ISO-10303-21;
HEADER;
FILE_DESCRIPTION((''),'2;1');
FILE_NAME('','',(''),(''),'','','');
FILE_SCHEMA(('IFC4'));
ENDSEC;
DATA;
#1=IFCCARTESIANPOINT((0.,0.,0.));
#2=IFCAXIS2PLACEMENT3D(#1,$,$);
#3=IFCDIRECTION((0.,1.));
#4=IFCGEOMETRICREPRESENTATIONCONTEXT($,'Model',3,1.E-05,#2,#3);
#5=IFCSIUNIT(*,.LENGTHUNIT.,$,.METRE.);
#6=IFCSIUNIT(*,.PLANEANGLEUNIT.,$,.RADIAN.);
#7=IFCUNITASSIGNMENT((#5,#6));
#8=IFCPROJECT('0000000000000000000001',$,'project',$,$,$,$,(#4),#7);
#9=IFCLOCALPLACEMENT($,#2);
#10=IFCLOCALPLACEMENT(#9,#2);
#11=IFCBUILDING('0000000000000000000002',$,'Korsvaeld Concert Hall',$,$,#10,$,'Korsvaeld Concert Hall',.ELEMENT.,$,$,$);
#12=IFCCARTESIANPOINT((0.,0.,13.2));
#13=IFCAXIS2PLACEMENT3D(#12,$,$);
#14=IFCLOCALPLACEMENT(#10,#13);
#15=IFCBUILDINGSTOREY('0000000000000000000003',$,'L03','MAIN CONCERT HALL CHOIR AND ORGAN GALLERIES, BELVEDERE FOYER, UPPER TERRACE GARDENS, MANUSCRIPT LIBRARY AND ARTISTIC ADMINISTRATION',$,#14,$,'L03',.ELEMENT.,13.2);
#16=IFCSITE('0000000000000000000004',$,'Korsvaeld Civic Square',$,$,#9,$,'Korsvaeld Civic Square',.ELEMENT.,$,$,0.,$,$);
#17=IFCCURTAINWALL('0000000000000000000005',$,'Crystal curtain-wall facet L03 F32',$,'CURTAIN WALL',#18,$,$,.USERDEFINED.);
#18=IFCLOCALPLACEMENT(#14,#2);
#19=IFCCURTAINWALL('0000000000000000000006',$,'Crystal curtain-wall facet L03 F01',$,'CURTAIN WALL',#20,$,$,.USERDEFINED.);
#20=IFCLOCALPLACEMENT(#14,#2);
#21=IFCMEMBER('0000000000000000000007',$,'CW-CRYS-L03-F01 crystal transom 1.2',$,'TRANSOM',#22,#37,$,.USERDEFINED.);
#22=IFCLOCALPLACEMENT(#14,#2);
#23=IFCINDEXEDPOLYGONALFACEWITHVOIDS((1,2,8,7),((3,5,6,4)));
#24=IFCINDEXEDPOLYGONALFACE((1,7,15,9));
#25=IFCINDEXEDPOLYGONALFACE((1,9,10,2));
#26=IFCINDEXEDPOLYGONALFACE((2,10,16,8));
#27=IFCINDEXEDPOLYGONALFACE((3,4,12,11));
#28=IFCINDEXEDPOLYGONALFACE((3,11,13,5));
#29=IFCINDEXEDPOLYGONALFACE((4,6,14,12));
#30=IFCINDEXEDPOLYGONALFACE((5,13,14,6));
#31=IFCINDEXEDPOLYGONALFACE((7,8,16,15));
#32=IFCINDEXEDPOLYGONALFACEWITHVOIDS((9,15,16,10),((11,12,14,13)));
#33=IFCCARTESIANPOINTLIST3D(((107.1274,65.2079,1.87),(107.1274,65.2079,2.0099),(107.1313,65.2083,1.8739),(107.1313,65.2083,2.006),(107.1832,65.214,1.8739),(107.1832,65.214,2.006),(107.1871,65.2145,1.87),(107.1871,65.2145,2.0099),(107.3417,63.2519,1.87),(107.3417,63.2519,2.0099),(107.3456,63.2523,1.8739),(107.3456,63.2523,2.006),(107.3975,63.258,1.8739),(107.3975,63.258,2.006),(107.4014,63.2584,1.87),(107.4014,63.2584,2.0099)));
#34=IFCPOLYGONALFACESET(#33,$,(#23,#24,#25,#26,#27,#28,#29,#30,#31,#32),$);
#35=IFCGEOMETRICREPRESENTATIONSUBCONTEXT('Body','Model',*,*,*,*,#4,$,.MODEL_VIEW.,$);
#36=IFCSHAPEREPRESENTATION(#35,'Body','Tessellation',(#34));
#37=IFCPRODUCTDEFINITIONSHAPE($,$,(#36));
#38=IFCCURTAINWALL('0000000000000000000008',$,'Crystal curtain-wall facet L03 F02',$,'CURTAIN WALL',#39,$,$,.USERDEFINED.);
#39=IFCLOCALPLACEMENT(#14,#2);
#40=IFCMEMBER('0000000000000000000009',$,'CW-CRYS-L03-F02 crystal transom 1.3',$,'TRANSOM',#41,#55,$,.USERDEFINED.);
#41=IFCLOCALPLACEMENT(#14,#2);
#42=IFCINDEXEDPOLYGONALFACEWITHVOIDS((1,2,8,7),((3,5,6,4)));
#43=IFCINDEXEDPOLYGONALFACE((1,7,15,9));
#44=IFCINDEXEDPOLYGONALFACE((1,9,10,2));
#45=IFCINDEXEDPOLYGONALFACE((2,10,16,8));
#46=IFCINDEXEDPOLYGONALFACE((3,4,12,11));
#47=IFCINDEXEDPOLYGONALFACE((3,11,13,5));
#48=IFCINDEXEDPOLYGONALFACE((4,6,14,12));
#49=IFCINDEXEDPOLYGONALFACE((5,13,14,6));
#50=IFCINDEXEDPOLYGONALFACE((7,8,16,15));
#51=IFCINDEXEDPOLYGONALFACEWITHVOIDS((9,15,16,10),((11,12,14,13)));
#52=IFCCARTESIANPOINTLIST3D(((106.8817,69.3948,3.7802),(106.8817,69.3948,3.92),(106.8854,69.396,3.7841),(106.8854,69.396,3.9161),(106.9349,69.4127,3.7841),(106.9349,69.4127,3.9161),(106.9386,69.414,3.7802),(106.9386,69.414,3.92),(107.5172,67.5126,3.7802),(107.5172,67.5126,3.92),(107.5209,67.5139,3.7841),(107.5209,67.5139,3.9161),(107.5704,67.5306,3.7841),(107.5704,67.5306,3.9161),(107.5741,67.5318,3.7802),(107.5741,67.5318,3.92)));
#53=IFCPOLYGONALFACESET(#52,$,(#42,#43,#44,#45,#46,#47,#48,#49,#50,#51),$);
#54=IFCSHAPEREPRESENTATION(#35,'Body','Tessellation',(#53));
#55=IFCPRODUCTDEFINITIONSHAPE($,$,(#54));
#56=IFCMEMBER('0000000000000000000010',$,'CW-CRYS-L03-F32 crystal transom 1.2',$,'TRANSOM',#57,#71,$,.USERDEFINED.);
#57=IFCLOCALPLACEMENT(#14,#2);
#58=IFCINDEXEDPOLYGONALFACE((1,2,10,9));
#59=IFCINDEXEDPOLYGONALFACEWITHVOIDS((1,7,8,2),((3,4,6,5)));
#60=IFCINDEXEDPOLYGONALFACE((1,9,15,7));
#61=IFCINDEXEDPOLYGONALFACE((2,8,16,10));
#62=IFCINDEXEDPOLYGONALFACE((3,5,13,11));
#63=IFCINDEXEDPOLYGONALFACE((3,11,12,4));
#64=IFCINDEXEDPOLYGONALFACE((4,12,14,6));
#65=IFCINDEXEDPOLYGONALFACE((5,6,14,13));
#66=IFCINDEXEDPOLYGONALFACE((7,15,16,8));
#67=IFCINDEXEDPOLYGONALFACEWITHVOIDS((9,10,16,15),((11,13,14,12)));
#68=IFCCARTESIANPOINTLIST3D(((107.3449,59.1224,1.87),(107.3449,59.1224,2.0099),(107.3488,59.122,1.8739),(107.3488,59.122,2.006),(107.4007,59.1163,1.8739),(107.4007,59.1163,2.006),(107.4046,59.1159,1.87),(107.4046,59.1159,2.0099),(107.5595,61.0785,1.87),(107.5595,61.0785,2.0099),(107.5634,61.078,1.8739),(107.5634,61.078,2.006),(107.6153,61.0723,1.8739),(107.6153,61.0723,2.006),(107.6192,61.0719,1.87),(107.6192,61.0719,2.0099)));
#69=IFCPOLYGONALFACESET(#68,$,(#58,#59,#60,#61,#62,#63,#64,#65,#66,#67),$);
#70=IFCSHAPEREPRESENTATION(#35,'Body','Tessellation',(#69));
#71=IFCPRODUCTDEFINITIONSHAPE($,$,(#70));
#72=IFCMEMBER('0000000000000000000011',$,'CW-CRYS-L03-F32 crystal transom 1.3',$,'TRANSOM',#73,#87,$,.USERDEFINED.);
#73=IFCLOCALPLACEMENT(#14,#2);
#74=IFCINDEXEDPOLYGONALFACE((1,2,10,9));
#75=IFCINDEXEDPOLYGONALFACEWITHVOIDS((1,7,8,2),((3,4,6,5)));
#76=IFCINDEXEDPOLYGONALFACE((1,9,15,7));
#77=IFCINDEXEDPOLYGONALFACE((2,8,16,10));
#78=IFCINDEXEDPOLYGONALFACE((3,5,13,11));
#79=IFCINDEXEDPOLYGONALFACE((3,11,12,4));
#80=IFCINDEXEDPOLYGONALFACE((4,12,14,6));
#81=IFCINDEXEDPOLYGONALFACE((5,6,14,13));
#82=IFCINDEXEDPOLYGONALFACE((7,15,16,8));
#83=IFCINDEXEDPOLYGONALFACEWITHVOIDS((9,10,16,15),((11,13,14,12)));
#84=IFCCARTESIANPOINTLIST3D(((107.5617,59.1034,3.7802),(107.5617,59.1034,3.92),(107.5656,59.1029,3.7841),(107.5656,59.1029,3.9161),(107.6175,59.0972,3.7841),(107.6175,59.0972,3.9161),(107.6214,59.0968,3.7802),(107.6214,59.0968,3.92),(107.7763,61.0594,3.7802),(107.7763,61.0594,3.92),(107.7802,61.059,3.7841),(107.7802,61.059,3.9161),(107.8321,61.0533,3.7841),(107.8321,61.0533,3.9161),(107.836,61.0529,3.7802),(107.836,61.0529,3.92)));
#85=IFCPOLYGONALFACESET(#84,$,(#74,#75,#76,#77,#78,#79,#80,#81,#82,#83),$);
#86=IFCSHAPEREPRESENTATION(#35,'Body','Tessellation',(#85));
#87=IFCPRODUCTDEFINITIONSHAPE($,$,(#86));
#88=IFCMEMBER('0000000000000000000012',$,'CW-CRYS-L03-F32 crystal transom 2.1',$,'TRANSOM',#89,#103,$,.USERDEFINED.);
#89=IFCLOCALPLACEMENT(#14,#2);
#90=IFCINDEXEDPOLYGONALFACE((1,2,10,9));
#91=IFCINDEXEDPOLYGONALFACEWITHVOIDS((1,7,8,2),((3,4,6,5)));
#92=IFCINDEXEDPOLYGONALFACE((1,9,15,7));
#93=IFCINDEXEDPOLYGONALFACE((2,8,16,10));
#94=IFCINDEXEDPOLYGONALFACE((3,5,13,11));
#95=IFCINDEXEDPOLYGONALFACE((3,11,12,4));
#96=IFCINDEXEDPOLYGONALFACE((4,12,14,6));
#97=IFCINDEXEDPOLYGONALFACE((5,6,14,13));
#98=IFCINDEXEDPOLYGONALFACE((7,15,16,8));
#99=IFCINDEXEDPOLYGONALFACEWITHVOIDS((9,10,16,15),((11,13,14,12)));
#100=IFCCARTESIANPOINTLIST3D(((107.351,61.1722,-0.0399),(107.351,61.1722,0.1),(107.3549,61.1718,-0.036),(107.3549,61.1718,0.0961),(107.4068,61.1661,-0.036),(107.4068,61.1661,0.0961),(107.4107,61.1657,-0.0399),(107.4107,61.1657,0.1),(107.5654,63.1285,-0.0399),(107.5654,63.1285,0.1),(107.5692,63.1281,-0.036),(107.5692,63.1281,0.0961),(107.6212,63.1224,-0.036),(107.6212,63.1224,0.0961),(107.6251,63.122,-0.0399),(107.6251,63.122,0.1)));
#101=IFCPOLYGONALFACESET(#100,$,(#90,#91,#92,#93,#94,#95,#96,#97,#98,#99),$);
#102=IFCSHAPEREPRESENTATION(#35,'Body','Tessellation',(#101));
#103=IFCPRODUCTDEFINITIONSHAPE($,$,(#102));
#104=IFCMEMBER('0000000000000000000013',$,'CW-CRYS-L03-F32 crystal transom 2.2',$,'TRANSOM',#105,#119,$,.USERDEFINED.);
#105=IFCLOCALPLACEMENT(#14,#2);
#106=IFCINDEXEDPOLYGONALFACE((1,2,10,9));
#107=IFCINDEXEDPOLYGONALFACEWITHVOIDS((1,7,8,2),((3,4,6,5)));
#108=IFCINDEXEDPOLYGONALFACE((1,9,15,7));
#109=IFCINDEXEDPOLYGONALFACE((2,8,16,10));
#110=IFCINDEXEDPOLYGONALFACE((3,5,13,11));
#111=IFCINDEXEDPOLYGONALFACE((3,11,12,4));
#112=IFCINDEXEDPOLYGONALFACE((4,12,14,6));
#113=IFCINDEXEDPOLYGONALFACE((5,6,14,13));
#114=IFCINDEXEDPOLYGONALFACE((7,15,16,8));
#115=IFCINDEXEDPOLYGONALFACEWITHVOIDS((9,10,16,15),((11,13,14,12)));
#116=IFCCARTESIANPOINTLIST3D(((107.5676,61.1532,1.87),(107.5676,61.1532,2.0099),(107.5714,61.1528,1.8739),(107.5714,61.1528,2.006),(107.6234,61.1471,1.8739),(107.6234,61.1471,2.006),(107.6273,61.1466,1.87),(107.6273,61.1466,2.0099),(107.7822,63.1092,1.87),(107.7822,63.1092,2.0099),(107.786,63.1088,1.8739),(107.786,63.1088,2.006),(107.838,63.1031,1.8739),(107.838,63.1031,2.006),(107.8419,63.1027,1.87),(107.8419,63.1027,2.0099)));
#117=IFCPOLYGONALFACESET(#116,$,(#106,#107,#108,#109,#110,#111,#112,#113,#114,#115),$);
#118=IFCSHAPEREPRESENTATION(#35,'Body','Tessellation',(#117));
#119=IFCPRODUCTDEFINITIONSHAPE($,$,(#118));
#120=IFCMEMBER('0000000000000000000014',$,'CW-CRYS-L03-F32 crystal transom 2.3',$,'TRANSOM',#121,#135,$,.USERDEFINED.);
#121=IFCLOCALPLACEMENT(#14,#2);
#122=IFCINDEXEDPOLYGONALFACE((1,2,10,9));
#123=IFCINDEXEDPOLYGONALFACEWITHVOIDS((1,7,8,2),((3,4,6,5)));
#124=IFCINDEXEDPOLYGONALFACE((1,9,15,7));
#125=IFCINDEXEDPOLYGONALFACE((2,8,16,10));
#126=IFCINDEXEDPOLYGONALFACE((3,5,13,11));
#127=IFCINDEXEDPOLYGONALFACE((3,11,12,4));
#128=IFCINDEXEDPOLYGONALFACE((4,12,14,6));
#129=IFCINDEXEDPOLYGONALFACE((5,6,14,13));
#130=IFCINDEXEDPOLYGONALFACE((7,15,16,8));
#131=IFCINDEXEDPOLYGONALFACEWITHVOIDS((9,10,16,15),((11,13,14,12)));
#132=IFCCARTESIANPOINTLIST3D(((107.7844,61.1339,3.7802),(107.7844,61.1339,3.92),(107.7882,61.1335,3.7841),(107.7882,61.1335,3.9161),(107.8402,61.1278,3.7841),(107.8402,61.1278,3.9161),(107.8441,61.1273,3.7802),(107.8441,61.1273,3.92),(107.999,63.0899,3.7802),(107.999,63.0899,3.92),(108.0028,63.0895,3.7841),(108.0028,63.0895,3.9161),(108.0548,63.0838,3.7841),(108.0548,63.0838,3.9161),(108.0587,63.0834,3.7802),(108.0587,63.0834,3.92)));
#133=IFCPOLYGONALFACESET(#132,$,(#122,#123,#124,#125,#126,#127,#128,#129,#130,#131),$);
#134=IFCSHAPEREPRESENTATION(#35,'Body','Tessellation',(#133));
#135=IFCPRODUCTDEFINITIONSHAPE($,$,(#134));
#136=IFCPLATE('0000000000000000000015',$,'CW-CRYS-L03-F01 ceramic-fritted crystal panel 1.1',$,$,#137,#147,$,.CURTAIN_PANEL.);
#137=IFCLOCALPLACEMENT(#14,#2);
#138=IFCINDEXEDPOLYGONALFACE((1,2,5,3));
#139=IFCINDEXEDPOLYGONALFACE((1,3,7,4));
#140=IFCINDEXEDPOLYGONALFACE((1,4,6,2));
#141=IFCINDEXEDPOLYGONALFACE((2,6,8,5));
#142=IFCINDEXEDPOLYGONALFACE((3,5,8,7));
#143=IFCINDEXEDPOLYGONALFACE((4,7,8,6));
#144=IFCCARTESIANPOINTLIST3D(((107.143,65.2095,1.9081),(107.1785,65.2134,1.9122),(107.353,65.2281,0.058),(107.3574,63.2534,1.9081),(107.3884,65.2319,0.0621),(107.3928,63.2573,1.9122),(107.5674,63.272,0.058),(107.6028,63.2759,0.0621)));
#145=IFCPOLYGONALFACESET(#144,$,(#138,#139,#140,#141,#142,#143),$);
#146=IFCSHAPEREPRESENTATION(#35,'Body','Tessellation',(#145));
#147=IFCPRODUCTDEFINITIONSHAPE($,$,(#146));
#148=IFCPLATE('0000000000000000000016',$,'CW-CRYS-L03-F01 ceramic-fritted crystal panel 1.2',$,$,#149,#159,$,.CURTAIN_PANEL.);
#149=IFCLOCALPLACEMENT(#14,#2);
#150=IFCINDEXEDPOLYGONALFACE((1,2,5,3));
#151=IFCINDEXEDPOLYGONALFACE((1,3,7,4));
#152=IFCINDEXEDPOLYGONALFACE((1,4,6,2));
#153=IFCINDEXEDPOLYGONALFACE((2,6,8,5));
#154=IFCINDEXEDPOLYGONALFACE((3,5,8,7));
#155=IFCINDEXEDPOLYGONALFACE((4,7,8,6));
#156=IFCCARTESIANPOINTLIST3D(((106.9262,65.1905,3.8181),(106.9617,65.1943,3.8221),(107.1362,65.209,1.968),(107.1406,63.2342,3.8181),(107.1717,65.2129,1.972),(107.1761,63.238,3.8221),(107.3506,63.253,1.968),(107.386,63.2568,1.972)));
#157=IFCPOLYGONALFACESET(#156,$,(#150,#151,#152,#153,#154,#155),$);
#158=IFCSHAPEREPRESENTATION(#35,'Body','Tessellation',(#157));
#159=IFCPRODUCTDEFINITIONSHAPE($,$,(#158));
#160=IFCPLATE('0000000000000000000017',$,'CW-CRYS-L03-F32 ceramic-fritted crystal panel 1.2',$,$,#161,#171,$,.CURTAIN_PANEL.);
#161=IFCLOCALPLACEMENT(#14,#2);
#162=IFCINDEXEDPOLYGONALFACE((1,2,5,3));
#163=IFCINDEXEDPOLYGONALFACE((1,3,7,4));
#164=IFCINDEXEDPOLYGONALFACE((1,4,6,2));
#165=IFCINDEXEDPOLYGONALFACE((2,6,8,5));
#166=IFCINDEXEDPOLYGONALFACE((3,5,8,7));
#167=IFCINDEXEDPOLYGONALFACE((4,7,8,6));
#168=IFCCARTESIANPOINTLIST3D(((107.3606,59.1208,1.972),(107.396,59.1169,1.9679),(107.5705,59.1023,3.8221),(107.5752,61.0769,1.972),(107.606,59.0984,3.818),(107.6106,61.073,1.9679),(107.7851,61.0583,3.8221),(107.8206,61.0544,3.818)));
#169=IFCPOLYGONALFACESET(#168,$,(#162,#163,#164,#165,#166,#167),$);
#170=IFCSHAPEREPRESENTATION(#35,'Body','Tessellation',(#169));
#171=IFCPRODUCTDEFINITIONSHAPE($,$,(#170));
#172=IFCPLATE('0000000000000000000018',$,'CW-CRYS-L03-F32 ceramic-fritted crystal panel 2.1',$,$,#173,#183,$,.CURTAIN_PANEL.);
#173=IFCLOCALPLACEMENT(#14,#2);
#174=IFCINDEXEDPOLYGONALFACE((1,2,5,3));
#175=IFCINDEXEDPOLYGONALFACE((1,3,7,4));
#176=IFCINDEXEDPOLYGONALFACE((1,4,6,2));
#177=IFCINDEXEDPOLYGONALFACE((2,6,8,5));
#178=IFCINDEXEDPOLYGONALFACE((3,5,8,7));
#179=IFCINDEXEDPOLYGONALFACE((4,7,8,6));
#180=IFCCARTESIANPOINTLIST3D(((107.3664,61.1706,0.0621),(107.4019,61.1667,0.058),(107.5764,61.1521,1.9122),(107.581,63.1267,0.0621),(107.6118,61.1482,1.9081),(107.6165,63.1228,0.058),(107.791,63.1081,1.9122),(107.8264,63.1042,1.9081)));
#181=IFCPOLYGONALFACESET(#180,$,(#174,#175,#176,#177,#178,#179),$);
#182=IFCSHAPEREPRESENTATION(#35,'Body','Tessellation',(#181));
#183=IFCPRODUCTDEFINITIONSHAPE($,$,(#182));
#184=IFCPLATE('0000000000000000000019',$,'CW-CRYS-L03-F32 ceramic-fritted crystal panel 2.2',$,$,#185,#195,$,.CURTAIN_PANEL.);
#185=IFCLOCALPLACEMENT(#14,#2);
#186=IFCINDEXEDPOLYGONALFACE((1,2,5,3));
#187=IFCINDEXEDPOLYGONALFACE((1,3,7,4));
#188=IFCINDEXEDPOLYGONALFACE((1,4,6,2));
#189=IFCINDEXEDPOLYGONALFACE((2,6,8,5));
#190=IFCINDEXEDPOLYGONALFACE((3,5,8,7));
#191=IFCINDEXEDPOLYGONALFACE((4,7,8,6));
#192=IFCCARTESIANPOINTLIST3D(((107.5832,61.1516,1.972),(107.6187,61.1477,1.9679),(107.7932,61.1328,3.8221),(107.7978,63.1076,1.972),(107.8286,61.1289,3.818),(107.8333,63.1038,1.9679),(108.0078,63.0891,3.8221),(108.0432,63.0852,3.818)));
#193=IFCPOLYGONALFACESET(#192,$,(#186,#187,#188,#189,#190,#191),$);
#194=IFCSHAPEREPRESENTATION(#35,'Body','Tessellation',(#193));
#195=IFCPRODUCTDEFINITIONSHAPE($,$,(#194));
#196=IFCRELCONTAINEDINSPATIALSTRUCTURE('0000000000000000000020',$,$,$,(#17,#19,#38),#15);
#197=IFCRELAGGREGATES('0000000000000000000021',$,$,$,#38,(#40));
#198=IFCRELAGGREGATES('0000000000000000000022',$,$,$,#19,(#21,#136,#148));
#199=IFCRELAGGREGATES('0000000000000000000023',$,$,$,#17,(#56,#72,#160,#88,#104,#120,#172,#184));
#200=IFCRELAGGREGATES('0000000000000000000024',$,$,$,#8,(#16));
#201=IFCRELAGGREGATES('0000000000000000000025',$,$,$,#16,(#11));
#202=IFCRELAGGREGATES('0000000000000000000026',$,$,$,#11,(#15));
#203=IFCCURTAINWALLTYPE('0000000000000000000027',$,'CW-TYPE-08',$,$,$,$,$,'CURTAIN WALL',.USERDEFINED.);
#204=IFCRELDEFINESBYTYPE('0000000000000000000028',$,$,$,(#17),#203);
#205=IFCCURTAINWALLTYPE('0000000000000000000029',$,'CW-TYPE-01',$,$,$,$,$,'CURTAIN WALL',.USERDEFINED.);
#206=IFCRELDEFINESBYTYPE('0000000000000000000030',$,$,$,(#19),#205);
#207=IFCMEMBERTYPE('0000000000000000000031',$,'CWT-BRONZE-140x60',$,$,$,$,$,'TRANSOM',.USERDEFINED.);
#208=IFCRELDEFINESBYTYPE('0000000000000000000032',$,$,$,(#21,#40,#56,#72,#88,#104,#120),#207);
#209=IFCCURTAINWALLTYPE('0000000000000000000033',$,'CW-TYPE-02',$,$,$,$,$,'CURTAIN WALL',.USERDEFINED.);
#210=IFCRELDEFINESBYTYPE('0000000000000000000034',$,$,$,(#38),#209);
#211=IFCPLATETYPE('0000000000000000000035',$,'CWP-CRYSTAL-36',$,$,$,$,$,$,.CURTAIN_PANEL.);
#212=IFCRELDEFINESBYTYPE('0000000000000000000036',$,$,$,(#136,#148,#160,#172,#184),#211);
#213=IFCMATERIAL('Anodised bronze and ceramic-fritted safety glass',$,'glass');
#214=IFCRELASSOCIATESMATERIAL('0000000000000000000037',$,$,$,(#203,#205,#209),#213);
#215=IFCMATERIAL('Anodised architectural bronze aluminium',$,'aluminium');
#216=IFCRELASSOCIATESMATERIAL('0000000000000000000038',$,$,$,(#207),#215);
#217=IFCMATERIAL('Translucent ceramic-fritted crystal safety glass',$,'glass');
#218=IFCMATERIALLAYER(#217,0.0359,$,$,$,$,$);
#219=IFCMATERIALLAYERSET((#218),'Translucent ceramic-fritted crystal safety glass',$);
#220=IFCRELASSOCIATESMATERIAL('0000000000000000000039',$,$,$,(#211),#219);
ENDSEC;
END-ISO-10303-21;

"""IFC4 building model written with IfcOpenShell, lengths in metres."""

from ifc_helpers import new_model, si_unit, direction, frame, origin, origin_2d, place, context, subcontext, project, spatial, polyline, hollow_rectangle, outline, extrude, material, layer, layer_set, material_profile, profile_set, type_object, element, aggregate, save


model = new_model("IFC4")

# Units and contexts
model_context = context("Model", 3, precision=1e-05, world=origin(), true_north=direction((0.0, 1.0)))
body_context = subcontext(model_context, "Body", "Model", "MODEL_VIEW")
ifc_project = project(units=[si_unit("LENGTHUNIT", "METRE"), si_unit("PLANEANGLEUNIT", "RADIAN")], contexts=[model_context])

# Site, building, storey
site_placement = place(None, origin())
site = spatial("IfcSite", under=ifc_project, at=site_placement, Name="Korsvaeld Civic Square", LongName="Korsvaeld Civic Square", CompositionType="ELEMENT", RefElevation=0.0)
building_placement = place(site_placement, origin())
building = spatial("IfcBuilding", under=site, at=building_placement, Name="Korsvaeld Concert Hall", LongName="Korsvaeld Concert Hall", CompositionType="ELEMENT")
storey_placement = place(building_placement, frame((0.0, 0.0, 13.2)))
storey = spatial("IfcBuildingStorey", under=building, at=storey_placement, Name="L03", Description="MAIN CONCERT HALL CHOIR AND ORGAN GALLERIES, BELVEDERE FOYER, UPPER TERRACE GARDENS, MANUSCRIPT LIBRARY AND ARTISTIC ADMINISTRATION", LongName="L03", CompositionType="ELEMENT", Elevation=13.2)

# Curtain walls, member
ifc_material_1 = material(Name="Anodised bronze and ceramic-fritted safety glass", Category="glass")
curtain_wall_type_1 = type_object("IfcCurtainWallType", Name="CW-TYPE-08", ElementType="CURTAIN WALL", PredefinedType="USERDEFINED", material=ifc_material_1)
curtain_wall_1_placement = place(storey_placement, origin())
curtain_wall_1 = element("IfcCurtainWall", 1, at=curtain_wall_1_placement, inside=storey, type_object=curtain_wall_type_1, Name="Crystal curtain-wall facet L03 F32", ObjectType="CURTAIN WALL", PredefinedType="USERDEFINED")
ifc_material_2 = material(Name="Anodised architectural bronze aluminium", Category="aluminium")
curtain_wall_type_2 = type_object("IfcCurtainWallType", Name="CW-TYPE-01", ElementType="CURTAIN WALL", PredefinedType="USERDEFINED", material=ifc_material_1)
curtain_wall_2_placement = place(storey_placement, origin())
curtain_wall_2 = element("IfcCurtainWall", 2, at=curtain_wall_2_placement, inside=storey, type_object=curtain_wall_type_2, Name="Crystal curtain-wall facet L03 F01", ObjectType="CURTAIN WALL", PredefinedType="USERDEFINED")
ifc_material_profile_1 = material_profile(ifc_material_2, hollow_rectangle(XDim=0.0601, YDim=0.1399, WallThickness=0.0039, at=origin_2d()), Name="CWT 140x60x4")
ifc_profile_set_1 = profile_set([ifc_material_profile_1], Name="Anodised architectural bronze aluminium")
member_type_1 = type_object("IfcMemberType", Name="CWT-BRONZE-140x60", ElementType="TRANSOM", PredefinedType="USERDEFINED", material=ifc_profile_set_1)
member_1_placement = place(storey_placement, frame((107.3716, 63.2551, 1.9399), z_axis=(-0.108933, 0.994049, 0.0), x_axis=(-0.994049, -0.108933, 0.0)))
member_1 = element("IfcMember", 3, at=member_1_placement, type_object=member_type_1, Name="CW-CRYS-L03-F01 crystal transom 1.2", ObjectType="TRANSOM", PredefinedType="USERDEFINED", context=body_context, shape_type="SweptSolid", body=[
    extrude(hollow_rectangle(XDim=0.0601, YDim=0.1399, WallThickness=0.0039, at=origin_2d()), origin(), (0.0, 0.0, 1.0), 1.9678),
])

# Curtain wall, member
curtain_wall_type_3 = type_object("IfcCurtainWallType", Name="CW-TYPE-02", ElementType="CURTAIN WALL", PredefinedType="USERDEFINED", material=ifc_material_1)
curtain_wall_3_placement = place(storey_placement, origin())
curtain_wall_3 = element("IfcCurtainWall", 4, at=curtain_wall_3_placement, inside=storey, type_object=curtain_wall_type_3, Name="Crystal curtain-wall facet L03 F02", ObjectType="CURTAIN WALL", PredefinedType="USERDEFINED")
member_2_placement = place(storey_placement, frame((107.5457, 67.5222, 3.8501), z_axis=(-0.319912, 0.947447, 0.0), x_axis=(-0.947447, -0.319912, 0.0)))
member_2 = element("IfcMember", 5, at=member_2_placement, type_object=member_type_1, Name="CW-CRYS-L03-F02 crystal transom 1.3", ObjectType="TRANSOM", PredefinedType="USERDEFINED", context=body_context, shape_type="SweptSolid", body=[
    extrude(hollow_rectangle(XDim=0.0601, YDim=0.1399, WallThickness=0.0039, at=origin_2d()), origin(), (0.0, 0.0, 1.0), 1.9866),
])
aggregate(curtain_wall_3, [member_2])

# Members
member_3_placement = place(storey_placement, frame((107.3748, 59.1191, 1.9399), z_axis=(0.109056, 0.994036, 0.0), x_axis=(-0.994036, 0.109056, 0.0)))
member_3 = element("IfcMember", 6, at=member_3_placement, type_object=member_type_1, Name="CW-CRYS-L03-F32 crystal transom 1.2", ObjectType="TRANSOM", PredefinedType="USERDEFINED", context=body_context, shape_type="SweptSolid", body=[
    extrude(hollow_rectangle(XDim=0.0601, YDim=0.1399, WallThickness=0.0039, at=origin_2d()), origin(), (0.0, 0.0, 1.0), 1.9678),
])
member_4_placement = place(storey_placement, frame((107.5916, 59.1001, 3.8501), z_axis=(0.109056, 0.994036, 0.0), x_axis=(-0.994036, 0.109056, 0.0)))
member_4 = element("IfcMember", 7, at=member_4_placement, type_object=member_type_1, Name="CW-CRYS-L03-F32 crystal transom 1.3", ObjectType="TRANSOM", PredefinedType="USERDEFINED", context=body_context, shape_type="SweptSolid", body=[
    extrude(hollow_rectangle(XDim=0.0601, YDim=0.1399, WallThickness=0.0039, at=origin_2d()), origin(), (0.0, 0.0, 1.0), 1.9678),
])
member_5_placement = place(storey_placement, frame((107.3809, 61.1689, 0.03), z_axis=(0.10892, 0.994051, 0.0), x_axis=(-0.994051, 0.10892, 0.0)))
member_5 = element("IfcMember", 8, at=member_5_placement, type_object=member_type_1, Name="CW-CRYS-L03-F32 crystal transom 2.1", ObjectType="TRANSOM", PredefinedType="USERDEFINED", context=body_context, shape_type="SweptSolid", body=[
    extrude(hollow_rectangle(XDim=0.0601, YDim=0.1399, WallThickness=0.0039, at=origin_2d()), origin(), (0.0, 0.0, 1.0), 1.968),
])
member_6_placement = place(storey_placement, frame((107.5974, 61.1499, 1.9399), z_axis=(0.109056, 0.994036, 0.0), x_axis=(-0.994036, 0.109056, 0.0)))
member_6 = element("IfcMember", 9, at=member_6_placement, type_object=member_type_1, Name="CW-CRYS-L03-F32 crystal transom 2.2", ObjectType="TRANSOM", PredefinedType="USERDEFINED", context=body_context, shape_type="SweptSolid", body=[
    extrude(hollow_rectangle(XDim=0.0601, YDim=0.1399, WallThickness=0.0039, at=origin_2d()), origin(), (0.0, 0.0, 1.0), 1.9678),
])
member_7_placement = place(storey_placement, frame((107.8142, 61.1306, 3.8501), z_axis=(0.109056, 0.994036, 0.0), x_axis=(-0.994036, 0.109056, 0.0)))
member_7 = element("IfcMember", 10, at=member_7_placement, type_object=member_type_1, Name="CW-CRYS-L03-F32 crystal transom 2.3", ObjectType="TRANSOM", PredefinedType="USERDEFINED", context=body_context, shape_type="SweptSolid", body=[
    extrude(hollow_rectangle(XDim=0.0601, YDim=0.1399, WallThickness=0.0039, at=origin_2d()), origin(), (0.0, 0.0, 1.0), 1.9678),
])

# Plates
ifc_material_3 = material(Name="Translucent ceramic-fritted crystal safety glass", Category="glass")
ifc_layer_1 = layer(ifc_material_3, 0.0359)
ifc_layer_set_1 = layer_set([ifc_layer_1], Name="Translucent ceramic-fritted crystal safety glass")
plate_type = type_object("IfcPlateType", Name="CWP-CRYSTAL-36", PredefinedType="CURTAIN_PANEL", material=ifc_layer_set_1)
plate_1_placement = place(storey_placement, frame((107.585, 63.2739, 0.0601), z_axis=(0.987663, 0.108234, 0.113172), x_axis=(-0.108933, 0.994049, 0.0)))
plate_1 = element("IfcPlate", 11, at=plate_1_placement, type_object=plate_type, Name="CW-CRYS-L03-F01 ceramic-fritted crystal panel 1.1", PredefinedType="CURTAIN_PANEL", context=body_context, shape_type="SweptSolid", body=[
    extrude(outline(polyline([(0.0, 0.0), (1.9678, 0.0), (1.9722, 1.8621), (0.0044, 1.8621), (0.0, 0.0)])), frame((0.0, 0.0, 0.0181)), (0.0, 0.0, -1.0), 0.0359),
])
plate_2_placement = place(storey_placement, frame((107.3682, 63.2549, 1.97), z_axis=(0.987663, 0.108227, 0.113179), x_axis=(-0.108927, 0.99405, 0.000001)))
plate_2 = element("IfcPlate", 12, at=plate_2_placement, type_object=plate_type, Name="CW-CRYS-L03-F01 ceramic-fritted crystal panel 1.2", PredefinedType="CURTAIN_PANEL", context=body_context, shape_type="SweptSolid", body=[
    extrude(outline(polyline([(0.0, 0.0), (1.9678, 0.0), (1.9722, 1.8621), (0.0042, 1.8621), (0.0, 0.0)])), frame((0.0, 0.0, 0.0181)), (0.0, 0.0, -1.0), 0.0359),
])
aggregate(curtain_wall_2, [member_1, plate_1, plate_2])
plate_3_placement = place(storey_placement, frame((107.3782, 59.1189, 1.97), z_axis=(0.987649, -0.108355, -0.113171), x_axis=(0.109056, 0.994036, 0.0)))
plate_3 = element("IfcPlate", 13, at=plate_3_placement, type_object=plate_type, Name="CW-CRYS-L03-F32 ceramic-fritted crystal panel 1.2", PredefinedType="CURTAIN_PANEL", context=body_context, shape_type="SweptSolid", body=[
    extrude(outline(polyline([(0.0, 0.0), (1.9678, 0.0), (1.9722, 1.8621), (0.0045, 1.8621), (0.0, 0.0)])), frame((0.0, 0.0, 0.0181)), (0.0, 0.0, -1.0), 0.0359),
])
plate_4_placement = place(storey_placement, frame((107.384, 61.1687, 0.0601), z_axis=(0.987649, -0.108355, -0.113171), x_axis=(0.109056, 0.994036, 0.0)))
plate_4 = element("IfcPlate", 14, at=plate_4_placement, type_object=plate_type, Name="CW-CRYS-L03-F32 ceramic-fritted crystal panel 2.1", PredefinedType="CURTAIN_PANEL", context=body_context, shape_type="SweptSolid", body=[
    extrude(outline(polyline([(0.0, 0.0), (1.9678, 0.0), (1.9722, 1.8621), (0.0045, 1.8621), (0.0, 0.0)])), frame((0.0, 0.0, 0.0181)), (0.0, 0.0, -1.0), 0.0359),
])
plate_5_placement = place(storey_placement, frame((107.6008, 61.1497, 1.97), z_axis=(0.987649, -0.108349, -0.113179), x_axis=(0.109049, 0.994036, 0.000001)))
plate_5 = element("IfcPlate", 15, at=plate_5_placement, type_object=plate_type, Name="CW-CRYS-L03-F32 ceramic-fritted crystal panel 2.2", PredefinedType="CURTAIN_PANEL", context=body_context, shape_type="SweptSolid", body=[
    extrude(outline(polyline([(0.0, 0.0), (1.9678, 0.0), (1.9722, 1.8621), (0.0042, 1.8621), (0.0, 0.0)])), frame((0.0, 0.0, 0.0181)), (0.0, 0.0, -1.0), 0.0359),
])
aggregate(curtain_wall_1, [member_3, member_4, plate_3, member_5, member_6, member_7, plate_4, plate_5])

save(model, "model.ifc")
